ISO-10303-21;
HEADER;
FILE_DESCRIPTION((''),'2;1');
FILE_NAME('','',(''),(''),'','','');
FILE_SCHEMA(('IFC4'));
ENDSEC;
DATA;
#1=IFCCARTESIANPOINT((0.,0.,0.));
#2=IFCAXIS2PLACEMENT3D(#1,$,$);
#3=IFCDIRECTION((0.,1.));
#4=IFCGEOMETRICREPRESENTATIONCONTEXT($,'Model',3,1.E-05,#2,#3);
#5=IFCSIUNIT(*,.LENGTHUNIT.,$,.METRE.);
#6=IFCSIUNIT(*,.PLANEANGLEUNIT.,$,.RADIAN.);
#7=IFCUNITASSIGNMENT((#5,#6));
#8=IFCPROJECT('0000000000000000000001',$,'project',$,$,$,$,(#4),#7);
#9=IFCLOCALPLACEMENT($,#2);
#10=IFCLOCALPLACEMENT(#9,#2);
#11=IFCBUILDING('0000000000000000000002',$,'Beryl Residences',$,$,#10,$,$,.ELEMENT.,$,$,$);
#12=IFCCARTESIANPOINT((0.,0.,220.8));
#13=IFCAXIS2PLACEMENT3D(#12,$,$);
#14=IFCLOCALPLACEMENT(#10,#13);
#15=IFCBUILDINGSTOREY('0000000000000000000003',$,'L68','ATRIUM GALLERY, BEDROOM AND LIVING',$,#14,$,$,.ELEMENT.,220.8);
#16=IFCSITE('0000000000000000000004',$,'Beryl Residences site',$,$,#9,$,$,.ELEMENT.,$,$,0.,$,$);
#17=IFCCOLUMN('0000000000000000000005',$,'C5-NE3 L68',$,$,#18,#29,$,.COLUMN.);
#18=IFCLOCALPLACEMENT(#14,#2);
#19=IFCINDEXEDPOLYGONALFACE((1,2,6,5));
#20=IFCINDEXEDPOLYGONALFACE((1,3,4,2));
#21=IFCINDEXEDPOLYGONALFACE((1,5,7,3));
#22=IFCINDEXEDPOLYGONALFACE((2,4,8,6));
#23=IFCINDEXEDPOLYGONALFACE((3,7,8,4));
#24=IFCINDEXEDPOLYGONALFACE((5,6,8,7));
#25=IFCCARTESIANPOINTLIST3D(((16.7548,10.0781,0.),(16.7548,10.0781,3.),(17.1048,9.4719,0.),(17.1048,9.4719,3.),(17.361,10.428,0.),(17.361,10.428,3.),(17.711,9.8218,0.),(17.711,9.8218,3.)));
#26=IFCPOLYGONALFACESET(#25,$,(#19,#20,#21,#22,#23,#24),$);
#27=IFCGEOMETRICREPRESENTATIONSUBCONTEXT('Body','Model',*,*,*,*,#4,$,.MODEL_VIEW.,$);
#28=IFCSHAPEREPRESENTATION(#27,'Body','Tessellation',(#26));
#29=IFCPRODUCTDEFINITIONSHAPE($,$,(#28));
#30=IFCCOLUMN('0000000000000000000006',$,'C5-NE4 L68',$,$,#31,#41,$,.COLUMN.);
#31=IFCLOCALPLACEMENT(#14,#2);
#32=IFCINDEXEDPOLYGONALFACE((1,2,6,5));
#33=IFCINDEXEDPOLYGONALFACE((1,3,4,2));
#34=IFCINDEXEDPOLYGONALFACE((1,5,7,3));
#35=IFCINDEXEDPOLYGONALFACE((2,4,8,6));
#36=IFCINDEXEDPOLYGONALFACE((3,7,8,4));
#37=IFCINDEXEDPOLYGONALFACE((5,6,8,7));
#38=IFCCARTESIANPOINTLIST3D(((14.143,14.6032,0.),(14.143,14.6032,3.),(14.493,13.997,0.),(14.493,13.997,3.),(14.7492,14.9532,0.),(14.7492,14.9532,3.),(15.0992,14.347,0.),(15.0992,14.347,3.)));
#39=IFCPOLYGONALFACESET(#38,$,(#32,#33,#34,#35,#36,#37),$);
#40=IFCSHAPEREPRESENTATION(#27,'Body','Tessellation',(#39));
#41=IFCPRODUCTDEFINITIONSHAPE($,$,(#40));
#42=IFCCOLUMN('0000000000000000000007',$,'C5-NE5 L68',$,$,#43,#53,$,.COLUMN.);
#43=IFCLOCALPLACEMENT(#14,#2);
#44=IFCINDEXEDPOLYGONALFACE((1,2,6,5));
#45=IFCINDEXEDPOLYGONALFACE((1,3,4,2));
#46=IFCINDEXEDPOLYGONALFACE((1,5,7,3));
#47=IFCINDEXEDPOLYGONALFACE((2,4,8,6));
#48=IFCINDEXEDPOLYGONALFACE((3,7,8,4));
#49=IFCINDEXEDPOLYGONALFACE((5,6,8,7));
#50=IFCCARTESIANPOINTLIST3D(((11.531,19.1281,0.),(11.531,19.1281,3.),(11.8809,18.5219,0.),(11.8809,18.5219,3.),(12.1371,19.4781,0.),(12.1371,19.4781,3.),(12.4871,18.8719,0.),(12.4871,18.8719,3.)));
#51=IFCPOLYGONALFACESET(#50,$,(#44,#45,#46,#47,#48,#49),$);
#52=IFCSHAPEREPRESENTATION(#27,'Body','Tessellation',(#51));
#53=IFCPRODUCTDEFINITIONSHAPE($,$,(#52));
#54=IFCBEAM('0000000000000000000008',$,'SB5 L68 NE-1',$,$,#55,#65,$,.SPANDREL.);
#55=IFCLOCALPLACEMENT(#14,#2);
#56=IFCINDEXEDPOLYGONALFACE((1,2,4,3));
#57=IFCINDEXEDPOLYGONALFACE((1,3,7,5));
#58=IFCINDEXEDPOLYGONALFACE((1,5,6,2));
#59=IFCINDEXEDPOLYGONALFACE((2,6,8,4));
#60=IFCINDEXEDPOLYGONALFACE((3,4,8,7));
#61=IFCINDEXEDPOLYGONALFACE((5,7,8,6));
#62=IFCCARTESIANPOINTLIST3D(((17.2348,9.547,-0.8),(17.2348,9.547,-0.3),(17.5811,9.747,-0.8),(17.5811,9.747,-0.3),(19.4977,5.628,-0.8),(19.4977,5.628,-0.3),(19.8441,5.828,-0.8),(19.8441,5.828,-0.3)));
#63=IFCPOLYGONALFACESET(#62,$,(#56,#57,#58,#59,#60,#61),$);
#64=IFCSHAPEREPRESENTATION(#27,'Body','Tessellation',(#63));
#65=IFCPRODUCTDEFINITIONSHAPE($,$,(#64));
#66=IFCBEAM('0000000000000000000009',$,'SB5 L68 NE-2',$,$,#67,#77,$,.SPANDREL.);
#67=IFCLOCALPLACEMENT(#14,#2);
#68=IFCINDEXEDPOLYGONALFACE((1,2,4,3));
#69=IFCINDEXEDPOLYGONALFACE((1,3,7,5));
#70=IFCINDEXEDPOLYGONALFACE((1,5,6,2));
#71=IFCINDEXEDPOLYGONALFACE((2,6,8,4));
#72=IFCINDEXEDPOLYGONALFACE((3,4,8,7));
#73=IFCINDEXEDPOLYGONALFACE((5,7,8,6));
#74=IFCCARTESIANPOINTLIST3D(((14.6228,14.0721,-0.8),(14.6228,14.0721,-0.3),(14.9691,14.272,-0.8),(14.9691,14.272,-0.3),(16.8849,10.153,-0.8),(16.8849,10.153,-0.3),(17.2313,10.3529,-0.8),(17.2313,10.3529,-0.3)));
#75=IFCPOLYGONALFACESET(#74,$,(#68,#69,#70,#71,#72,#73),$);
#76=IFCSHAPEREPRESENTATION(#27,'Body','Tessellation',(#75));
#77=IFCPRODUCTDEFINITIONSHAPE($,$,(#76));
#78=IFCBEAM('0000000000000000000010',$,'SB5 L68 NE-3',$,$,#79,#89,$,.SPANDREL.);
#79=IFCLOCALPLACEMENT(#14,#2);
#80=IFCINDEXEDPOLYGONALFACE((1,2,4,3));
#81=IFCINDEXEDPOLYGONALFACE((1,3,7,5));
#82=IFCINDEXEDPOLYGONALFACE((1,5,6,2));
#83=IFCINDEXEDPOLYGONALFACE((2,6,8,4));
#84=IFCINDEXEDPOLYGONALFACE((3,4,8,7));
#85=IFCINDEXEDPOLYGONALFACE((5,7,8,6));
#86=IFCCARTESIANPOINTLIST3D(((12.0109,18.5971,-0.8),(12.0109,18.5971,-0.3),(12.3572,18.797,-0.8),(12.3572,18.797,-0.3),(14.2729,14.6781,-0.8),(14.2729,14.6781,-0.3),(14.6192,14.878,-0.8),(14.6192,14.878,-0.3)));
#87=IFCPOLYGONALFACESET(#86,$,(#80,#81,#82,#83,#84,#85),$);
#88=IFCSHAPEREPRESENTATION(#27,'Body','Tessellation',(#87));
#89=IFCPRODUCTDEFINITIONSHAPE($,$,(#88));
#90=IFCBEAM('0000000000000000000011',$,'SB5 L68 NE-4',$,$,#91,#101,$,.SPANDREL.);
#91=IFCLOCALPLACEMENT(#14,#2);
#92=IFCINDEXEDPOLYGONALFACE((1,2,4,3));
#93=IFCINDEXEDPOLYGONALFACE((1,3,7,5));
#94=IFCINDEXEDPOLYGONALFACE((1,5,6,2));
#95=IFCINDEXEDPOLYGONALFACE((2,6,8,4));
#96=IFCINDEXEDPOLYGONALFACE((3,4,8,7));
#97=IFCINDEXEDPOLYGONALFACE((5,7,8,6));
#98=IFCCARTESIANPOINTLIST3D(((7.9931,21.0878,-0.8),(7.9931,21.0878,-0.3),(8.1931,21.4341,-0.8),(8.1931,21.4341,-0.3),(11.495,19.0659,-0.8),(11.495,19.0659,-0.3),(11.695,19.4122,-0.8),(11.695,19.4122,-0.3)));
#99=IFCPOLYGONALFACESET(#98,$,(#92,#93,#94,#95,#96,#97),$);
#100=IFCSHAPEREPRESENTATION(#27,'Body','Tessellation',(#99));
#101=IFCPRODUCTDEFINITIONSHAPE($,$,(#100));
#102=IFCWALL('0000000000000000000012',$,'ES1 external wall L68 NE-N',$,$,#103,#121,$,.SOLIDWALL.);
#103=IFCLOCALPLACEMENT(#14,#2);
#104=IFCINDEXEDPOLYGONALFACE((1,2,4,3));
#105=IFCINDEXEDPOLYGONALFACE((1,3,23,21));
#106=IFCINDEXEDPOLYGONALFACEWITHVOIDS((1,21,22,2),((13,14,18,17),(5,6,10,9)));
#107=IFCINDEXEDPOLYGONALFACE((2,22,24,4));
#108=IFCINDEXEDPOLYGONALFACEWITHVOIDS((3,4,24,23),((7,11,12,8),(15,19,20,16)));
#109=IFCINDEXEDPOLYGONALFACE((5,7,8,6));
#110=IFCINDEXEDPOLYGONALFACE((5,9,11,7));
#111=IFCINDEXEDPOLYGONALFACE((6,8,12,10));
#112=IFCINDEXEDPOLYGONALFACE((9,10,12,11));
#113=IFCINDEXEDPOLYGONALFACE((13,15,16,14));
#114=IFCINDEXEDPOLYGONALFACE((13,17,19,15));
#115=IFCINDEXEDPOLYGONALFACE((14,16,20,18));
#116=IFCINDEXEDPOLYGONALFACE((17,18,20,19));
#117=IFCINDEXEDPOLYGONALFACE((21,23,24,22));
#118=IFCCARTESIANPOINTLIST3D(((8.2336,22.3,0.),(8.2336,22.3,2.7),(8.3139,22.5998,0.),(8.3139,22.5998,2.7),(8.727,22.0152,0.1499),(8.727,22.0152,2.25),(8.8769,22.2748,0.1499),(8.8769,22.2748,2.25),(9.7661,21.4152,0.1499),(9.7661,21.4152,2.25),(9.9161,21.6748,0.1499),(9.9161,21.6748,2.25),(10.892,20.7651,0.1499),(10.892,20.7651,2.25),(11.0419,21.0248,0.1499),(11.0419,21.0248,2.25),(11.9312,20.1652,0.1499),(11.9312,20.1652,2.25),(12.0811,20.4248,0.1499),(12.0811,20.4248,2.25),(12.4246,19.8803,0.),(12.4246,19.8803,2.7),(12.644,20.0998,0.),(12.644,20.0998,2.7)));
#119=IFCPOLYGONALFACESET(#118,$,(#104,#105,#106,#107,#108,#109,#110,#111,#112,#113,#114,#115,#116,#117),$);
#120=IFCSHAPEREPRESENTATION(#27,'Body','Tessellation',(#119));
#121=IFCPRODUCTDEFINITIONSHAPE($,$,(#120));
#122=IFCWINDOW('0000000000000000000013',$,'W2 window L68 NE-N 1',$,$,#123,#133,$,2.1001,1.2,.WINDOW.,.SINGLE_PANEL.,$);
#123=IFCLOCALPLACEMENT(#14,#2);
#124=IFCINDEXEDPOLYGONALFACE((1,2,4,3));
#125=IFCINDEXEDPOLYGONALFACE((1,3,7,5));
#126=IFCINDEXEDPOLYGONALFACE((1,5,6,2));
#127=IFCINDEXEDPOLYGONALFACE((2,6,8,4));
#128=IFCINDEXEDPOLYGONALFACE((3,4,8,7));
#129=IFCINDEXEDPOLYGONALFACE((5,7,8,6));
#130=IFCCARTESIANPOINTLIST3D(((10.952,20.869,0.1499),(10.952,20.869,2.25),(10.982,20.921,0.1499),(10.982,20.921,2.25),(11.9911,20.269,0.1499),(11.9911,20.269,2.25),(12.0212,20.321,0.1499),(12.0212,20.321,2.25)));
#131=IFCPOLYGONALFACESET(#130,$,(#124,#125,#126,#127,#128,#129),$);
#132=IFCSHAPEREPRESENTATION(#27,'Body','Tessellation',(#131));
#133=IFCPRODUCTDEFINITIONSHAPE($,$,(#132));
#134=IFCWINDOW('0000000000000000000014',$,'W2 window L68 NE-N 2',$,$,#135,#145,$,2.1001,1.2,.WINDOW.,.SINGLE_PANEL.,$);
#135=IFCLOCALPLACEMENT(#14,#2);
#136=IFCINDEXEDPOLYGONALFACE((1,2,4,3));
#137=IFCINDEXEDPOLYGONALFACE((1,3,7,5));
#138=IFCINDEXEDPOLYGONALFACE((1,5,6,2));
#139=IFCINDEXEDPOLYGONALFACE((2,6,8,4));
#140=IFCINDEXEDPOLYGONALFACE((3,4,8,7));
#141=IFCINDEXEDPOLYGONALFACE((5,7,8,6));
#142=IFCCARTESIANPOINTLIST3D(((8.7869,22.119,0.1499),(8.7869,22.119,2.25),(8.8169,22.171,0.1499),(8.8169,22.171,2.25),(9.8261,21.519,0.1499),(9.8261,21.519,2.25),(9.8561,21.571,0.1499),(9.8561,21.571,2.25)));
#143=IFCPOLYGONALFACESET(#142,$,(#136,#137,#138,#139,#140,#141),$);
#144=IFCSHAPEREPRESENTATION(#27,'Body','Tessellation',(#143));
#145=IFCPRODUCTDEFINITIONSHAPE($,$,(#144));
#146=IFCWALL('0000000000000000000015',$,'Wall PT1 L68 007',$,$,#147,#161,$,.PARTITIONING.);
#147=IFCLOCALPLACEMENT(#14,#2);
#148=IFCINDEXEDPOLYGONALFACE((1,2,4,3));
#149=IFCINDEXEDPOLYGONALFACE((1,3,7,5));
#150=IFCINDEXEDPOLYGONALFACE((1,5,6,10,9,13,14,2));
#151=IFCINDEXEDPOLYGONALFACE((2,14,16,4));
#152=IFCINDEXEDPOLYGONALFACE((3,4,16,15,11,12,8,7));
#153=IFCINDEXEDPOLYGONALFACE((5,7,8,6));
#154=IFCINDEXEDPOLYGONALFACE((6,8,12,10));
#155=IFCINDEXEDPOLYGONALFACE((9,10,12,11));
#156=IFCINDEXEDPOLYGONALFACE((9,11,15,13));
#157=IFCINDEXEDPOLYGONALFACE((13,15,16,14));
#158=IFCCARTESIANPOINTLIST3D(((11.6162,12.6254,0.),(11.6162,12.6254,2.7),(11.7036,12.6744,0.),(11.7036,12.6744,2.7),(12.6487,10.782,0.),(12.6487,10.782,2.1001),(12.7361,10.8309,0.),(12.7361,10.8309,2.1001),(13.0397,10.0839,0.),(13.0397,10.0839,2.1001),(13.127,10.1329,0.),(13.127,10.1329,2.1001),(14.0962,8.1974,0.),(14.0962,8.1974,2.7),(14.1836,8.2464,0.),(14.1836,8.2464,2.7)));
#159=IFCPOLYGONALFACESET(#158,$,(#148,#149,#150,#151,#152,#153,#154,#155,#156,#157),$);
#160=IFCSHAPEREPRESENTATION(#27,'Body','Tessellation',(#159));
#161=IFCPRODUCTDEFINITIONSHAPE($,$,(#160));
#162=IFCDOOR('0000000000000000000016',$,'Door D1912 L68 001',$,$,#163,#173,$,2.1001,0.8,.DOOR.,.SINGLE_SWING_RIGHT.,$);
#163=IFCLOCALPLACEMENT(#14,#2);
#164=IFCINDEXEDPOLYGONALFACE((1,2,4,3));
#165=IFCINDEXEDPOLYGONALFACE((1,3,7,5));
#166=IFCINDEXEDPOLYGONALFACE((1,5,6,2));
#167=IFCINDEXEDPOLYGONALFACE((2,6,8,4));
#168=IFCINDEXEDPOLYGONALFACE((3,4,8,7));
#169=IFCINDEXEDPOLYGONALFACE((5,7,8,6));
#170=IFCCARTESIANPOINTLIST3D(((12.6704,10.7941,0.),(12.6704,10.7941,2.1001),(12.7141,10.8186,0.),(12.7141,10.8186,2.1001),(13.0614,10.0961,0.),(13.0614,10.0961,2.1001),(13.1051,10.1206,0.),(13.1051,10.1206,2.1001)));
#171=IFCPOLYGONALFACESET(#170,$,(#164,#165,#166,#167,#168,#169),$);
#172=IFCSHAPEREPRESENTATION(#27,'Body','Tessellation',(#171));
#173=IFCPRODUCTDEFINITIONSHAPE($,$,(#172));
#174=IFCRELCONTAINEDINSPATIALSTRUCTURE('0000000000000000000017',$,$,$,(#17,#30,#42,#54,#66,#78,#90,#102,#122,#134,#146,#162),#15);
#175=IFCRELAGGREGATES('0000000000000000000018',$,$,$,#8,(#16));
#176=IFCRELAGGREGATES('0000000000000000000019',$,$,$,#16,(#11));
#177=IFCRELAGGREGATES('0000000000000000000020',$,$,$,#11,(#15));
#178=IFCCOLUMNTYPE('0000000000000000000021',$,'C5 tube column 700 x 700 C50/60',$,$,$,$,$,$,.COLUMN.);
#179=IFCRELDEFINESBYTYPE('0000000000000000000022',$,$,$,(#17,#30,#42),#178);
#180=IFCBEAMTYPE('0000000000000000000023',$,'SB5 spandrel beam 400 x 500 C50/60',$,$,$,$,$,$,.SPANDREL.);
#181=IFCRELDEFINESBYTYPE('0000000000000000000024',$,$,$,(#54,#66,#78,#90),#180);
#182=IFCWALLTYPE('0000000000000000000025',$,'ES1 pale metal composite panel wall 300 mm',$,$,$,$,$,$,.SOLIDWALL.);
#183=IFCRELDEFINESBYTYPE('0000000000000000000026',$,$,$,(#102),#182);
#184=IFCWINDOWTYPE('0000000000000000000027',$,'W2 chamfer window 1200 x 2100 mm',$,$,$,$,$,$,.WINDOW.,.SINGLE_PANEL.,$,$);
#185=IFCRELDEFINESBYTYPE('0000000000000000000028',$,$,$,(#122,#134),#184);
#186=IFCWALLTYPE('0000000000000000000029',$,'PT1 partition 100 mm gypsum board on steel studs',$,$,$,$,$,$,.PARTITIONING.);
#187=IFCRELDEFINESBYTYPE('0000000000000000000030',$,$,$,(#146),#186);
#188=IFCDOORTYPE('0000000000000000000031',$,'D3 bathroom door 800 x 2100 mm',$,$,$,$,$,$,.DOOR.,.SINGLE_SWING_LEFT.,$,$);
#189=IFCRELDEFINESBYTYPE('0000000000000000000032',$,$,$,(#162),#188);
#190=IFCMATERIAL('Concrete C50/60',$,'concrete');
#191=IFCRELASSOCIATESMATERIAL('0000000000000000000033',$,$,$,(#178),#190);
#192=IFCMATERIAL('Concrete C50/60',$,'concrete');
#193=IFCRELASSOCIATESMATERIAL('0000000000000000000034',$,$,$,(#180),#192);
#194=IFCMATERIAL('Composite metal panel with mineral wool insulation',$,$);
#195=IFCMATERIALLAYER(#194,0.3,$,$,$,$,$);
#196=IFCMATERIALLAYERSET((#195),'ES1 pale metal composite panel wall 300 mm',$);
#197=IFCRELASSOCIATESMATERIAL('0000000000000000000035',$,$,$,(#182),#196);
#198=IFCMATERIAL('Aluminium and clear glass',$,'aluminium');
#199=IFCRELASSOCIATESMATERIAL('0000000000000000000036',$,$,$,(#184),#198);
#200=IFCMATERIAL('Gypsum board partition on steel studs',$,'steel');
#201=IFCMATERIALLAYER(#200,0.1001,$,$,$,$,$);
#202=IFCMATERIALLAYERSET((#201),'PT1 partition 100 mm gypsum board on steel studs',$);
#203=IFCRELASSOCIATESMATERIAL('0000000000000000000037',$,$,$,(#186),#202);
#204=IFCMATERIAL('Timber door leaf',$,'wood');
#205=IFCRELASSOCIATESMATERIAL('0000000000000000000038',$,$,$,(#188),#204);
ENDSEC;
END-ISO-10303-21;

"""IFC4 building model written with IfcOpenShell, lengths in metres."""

from ifc_helpers import new_model, si_unit, direction, frame, frame_2d, origin, origin_2d, place, context, subcontext, project, spatial, polyline, rectangle, outline, extrude, material, layer, layer_set, material_profile, profile_set, type_object, element, fill, save


model = new_model("IFC4")

# Units and contexts
model_context = context("Model", 3, precision=1e-05, world=origin(), true_north=direction((0.0, 1.0)))
body_context = subcontext(model_context, "Body", "Model", "MODEL_VIEW")
ifc_project = project(units=[si_unit("LENGTHUNIT", "METRE"), si_unit("PLANEANGLEUNIT", "RADIAN")], contexts=[model_context])

# Site, building, storey
site_placement = place(None, origin())
site = spatial("IfcSite", under=ifc_project, at=site_placement, Name="Beryl Residences site", CompositionType="ELEMENT", RefElevation=0.0)
building_placement = place(site_placement, origin())
building = spatial("IfcBuilding", under=site, at=building_placement, Name="Beryl Residences", CompositionType="ELEMENT")
storey_placement = place(building_placement, frame((0.0, 0.0, 220.8)))
storey = spatial("IfcBuildingStorey", under=building, at=storey_placement, Name="L68", Description="ATRIUM GALLERY, BEDROOM AND LIVING", CompositionType="ELEMENT", Elevation=220.8)

# Columns
ifc_material_1 = material(Name="Concrete C50/60", Category="concrete")
ifc_material_profile_1 = material_profile(ifc_material_1, rectangle(XDim=0.7, YDim=0.7, at=origin_2d()))
ifc_profile_set_1 = profile_set([ifc_material_profile_1], Name="Concrete C50/60")
column_type = type_object("IfcColumnType", Name="C5 tube column 700 x 700 C50/60", PredefinedType="COLUMN", material=ifc_profile_set_1)
for number, where, z_axis, x_axis, name in (
    (1, (17.2329, 9.95, 0.0), (0.0, 0.0, 1.0), (-0.49997, 0.866043, 0.0), "C5-NE3 L68"),
    (2, (14.6211, 14.4751, 0.0), (0.0, 0.0, 1.0), (-0.49997, 0.866043, 0.0), "C5-NE4 L68"),
    (3, (12.009, 19.0, 0.0), (0.0, 0.0, 1.0), (-0.49997, 0.866043, 0.0), "C5-NE5 L68"),
):
    element("IfcColumn", number, at=place(storey_placement, frame(where, z_axis=z_axis, x_axis=x_axis)), inside=storey, type_object=column_type, Name=name, PredefinedType="COLUMN", context=body_context, shape_type="SweptSolid", body=[
        extrude(rectangle(XDim=0.7, YDim=0.7, at=origin_2d()), origin(), (0.0, 0.0, 1.0), 3.0),
    ])

# Beams
ifc_material_2 = material(Name="Concrete C50/60", Category="concrete")
ifc_material_profile_2 = material_profile(ifc_material_2, rectangle(XDim=0.3999, YDim=0.5, at=origin_2d()))
ifc_profile_set_2 = profile_set([ifc_material_profile_2], Name="Concrete C50/60")
beam_type = type_object("IfcBeamType", Name="SB5 spandrel beam 400 x 500 C50/60", PredefinedType="SPANDREL", material=ifc_profile_set_2)
beam_1_placement = place(storey_placement, frame((19.6709, 5.728, -0.55), z_axis=(-0.500056, 0.865993, 0.0), x_axis=(-0.865993, -0.500056, 0.0)))
element("IfcBeam", 4, at=beam_1_placement, inside=storey, type_object=beam_type, Name="SB5 L68 NE-1", PredefinedType="SPANDREL", context=body_context, shape_type="SweptSolid", body=[
    extrude(rectangle(XDim=0.3999, YDim=0.5, at=origin_2d()), origin(), (0.0, 0.0, 1.0), 4.5254),
])
beam_2_placement = place(storey_placement, frame((17.0581, 10.2529, -0.55), z_axis=(-0.499911, 0.866077, 0.0), x_axis=(-0.866077, -0.499911, 0.0)))
element("IfcBeam", 5, at=beam_2_placement, inside=storey, type_object=beam_type, Name="SB5 L68 NE-2", PredefinedType="SPANDREL", context=body_context, shape_type="SweptSolid", body=[
    extrude(rectangle(XDim=0.3999, YDim=0.5, at=origin_2d()), origin(), (0.0, 0.0, 1.0), 4.5251),
])
beam_3_placement = place(storey_placement, frame((14.446, 14.7781, -0.55), z_axis=(-0.499894, 0.866087, 0.0), x_axis=(-0.866087, -0.499894, 0.0)))
element("IfcBeam", 6, at=beam_3_placement, inside=storey, type_object=beam_type, Name="SB5 L68 NE-3", PredefinedType="SPANDREL", context=body_context, shape_type="SweptSolid", body=[
    extrude(rectangle(XDim=0.3999, YDim=0.5, at=origin_2d()), origin(), (0.0, 0.0, 1.0), 4.5249),
])
beam_4_placement = place(storey_placement, frame((11.595, 19.239, -0.55), z_axis=(-0.866013, 0.500022, 0.0), x_axis=(-0.500022, -0.866013, 0.0)))
element("IfcBeam", 7, at=beam_4_placement, inside=storey, type_object=beam_type, Name="SB5 L68 NE-4", PredefinedType="SPANDREL", context=body_context, shape_type="SweptSolid", body=[
    extrude(rectangle(XDim=0.3999, YDim=0.5, at=origin_2d()), origin(), (0.0, 0.0, 1.0), 4.0437),
])

# Wall, openings, windows
ifc_material_3 = material(Name="Composite metal panel with mineral wool insulation")
ifc_layer_1 = layer(ifc_material_3, 0.3)
ifc_layer_set_1 = layer_set([ifc_layer_1], Name="ES1 pale metal composite panel wall 300 mm")
wall_type_1 = type_object("IfcWallType", Name="ES1 pale metal composite panel wall 300 mm", PredefinedType="SOLIDWALL", material=ifc_layer_set_1)
wall_1_placement = place(storey_placement, frame((12.5691, 19.97, 0.0), z_axis=(0.0, 0.0, 1.0), x_axis=(-0.866023, 0.500004, 0.0)))
wall_1 = element("IfcWall", 8, at=wall_1_placement, inside=storey, type_object=wall_type_1, Name="ES1 external wall L68 NE-N", PredefinedType="SOLIDWALL", context=body_context, shape_type="SweptSolid", body=[
    extrude(outline(polyline([(0.0, -0.1499), (5.0, -0.1499), (4.9197, 0.1499), (0.0803, 0.1499), (0.0, -0.1499)])), origin(), (0.0, 0.0, 1.0), 2.7),
])
opening_1_placement = place(wall_1_placement, frame((0.6499, 0.0, 0.1499)))
opening_1 = element("IfcOpeningElement", 9, at=opening_1_placement, cuts=wall_1, PredefinedType="OPENING", context=body_context, shape_type="SweptSolid", body=[
    extrude(rectangle(XDim=1.2, YDim=2.1001, at=frame_2d((0.6001, 1.05))), frame((0.0, 0.1599, 0.0), z_axis=(0.0, -1.0, 0.0), x_axis=(1.0, 0.0, 0.0)), (0.0, 0.0, 1.0), 0.3201),
])
opening_2_placement = place(wall_1_placement, frame((3.1499, 0.0, 0.1499)))
opening_2 = element("IfcOpeningElement", 10, at=opening_2_placement, cuts=wall_1, PredefinedType="OPENING", context=body_context, shape_type="SweptSolid", body=[
    extrude(rectangle(XDim=1.2, YDim=2.1001, at=frame_2d((0.6001, 1.05))), frame((0.0, 0.1599, 0.0), z_axis=(0.0, -1.0, 0.0), x_axis=(1.0, 0.0, 0.0)), (0.0, 0.0, 1.0), 0.3201),
])
ifc_material_4 = material(Name="Aluminium and clear glass", Category="aluminium")
window_type = type_object("IfcWindowType", Name="W2 chamfer window 1200 x 2100 mm", PartitioningType="SINGLE_PANEL", PredefinedType="WINDOW", material=ifc_material_4)
window_1_placement = place(opening_1_placement, origin())
window_1 = element("IfcWindow", 11, at=window_1_placement, inside=storey, type_object=window_type, Name="W2 window L68 NE-N 1", OverallHeight=2.1001, OverallWidth=1.2, PartitioningType="SINGLE_PANEL", PredefinedType="WINDOW", context=body_context, shape_type="SweptSolid", body=[
    extrude(rectangle(XDim=1.2, YDim=2.1001, at=frame_2d((0.6001, 1.05))), frame((0.0, 0.03, 0.0), z_axis=(0.0, -1.0, 0.0), x_axis=(1.0, 0.0, 0.0)), (0.0, 0.0, 1.0), 0.0601),
])
fill(opening_1, window_1)
window_2_placement = place(opening_2_placement, origin())
window_2 = element("IfcWindow", 12, at=window_2_placement, inside=storey, type_object=window_type, Name="W2 window L68 NE-N 2", OverallHeight=2.1001, OverallWidth=1.2, PartitioningType="SINGLE_PANEL", PredefinedType="WINDOW", context=body_context, shape_type="SweptSolid", body=[
    extrude(rectangle(XDim=1.2, YDim=2.1001, at=frame_2d((0.6001, 1.05))), frame((0.0, 0.03, 0.0), z_axis=(0.0, -1.0, 0.0), x_axis=(1.0, 0.0, 0.0)), (0.0, 0.0, 1.0), 0.0601),
])
fill(opening_2, window_2)

# Wall, opening, door
ifc_material_5 = material(Name="Gypsum board partition on steel studs", Category="steel")
ifc_layer_2 = layer(ifc_material_5, 0.1001)
ifc_layer_set_2 = layer_set([ifc_layer_2], Name="PT1 partition 100 mm gypsum board on steel studs")
wall_type_2 = type_object("IfcWallType", Name="PT1 partition 100 mm gypsum board on steel studs", PredefinedType="PARTITIONING", material=ifc_layer_set_2)
wall_2_placement = place(storey_placement, frame((11.6599, 12.6499, 0.0), z_axis=(0.0, 0.0, 1.0), x_axis=(0.48865, -0.87248, 0.0)))
wall_2 = element("IfcWall", 13, at=wall_2_placement, inside=storey, type_object=wall_type_2, Name="Wall PT1 L68 007", PredefinedType="PARTITIONING", context=body_context, shape_type="SweptSolid", body=[
    extrude(rectangle(XDim=5.0752, YDim=0.1001, at=frame_2d((2.5376, 0.0))), origin(), (0.0, 0.0, 1.0), 2.7),
])
opening_3_placement = place(wall_2_placement, frame((2.113, 0.0, 0.0)))
opening_3 = element("IfcOpeningElement", 14, at=opening_3_placement, cuts=wall_2, PredefinedType="OPENING", context=body_context, shape_type="SweptSolid", body=[
    extrude(rectangle(XDim=0.8, YDim=2.1001, at=frame_2d((0.3999, 1.05))), frame((0.0, 0.0601, 0.0), z_axis=(0.0, -1.0, 0.0), x_axis=(1.0, 0.0, 0.0)), (0.0, 0.0, 1.0), 0.1201),
])
ifc_material_6 = material(Name="Timber door leaf", Category="wood")
door_type = type_object("IfcDoorType", Name="D3 bathroom door 800 x 2100 mm", OperationType="SINGLE_SWING_LEFT", PredefinedType="DOOR", material=ifc_material_6)
door_placement = place(opening_3_placement, origin())
door = element("IfcDoor", 15, at=door_placement, inside=storey, type_object=door_type, Name="Door D1912 L68 001", OperationType="SINGLE_SWING_RIGHT", OverallHeight=2.1001, OverallWidth=0.8, PredefinedType="DOOR", context=body_context, shape_type="SweptSolid", body=[
    extrude(rectangle(XDim=0.8, YDim=2.1001, at=frame_2d((0.3999, 1.05))), frame((0.0, 0.0249, 0.0), z_axis=(0.0, -1.0, 0.0), x_axis=(1.0, 0.0, 0.0)), (0.0, 0.0, 1.0), 0.05),
])
fill(opening_3, door)

save(model, "model.ifc")
